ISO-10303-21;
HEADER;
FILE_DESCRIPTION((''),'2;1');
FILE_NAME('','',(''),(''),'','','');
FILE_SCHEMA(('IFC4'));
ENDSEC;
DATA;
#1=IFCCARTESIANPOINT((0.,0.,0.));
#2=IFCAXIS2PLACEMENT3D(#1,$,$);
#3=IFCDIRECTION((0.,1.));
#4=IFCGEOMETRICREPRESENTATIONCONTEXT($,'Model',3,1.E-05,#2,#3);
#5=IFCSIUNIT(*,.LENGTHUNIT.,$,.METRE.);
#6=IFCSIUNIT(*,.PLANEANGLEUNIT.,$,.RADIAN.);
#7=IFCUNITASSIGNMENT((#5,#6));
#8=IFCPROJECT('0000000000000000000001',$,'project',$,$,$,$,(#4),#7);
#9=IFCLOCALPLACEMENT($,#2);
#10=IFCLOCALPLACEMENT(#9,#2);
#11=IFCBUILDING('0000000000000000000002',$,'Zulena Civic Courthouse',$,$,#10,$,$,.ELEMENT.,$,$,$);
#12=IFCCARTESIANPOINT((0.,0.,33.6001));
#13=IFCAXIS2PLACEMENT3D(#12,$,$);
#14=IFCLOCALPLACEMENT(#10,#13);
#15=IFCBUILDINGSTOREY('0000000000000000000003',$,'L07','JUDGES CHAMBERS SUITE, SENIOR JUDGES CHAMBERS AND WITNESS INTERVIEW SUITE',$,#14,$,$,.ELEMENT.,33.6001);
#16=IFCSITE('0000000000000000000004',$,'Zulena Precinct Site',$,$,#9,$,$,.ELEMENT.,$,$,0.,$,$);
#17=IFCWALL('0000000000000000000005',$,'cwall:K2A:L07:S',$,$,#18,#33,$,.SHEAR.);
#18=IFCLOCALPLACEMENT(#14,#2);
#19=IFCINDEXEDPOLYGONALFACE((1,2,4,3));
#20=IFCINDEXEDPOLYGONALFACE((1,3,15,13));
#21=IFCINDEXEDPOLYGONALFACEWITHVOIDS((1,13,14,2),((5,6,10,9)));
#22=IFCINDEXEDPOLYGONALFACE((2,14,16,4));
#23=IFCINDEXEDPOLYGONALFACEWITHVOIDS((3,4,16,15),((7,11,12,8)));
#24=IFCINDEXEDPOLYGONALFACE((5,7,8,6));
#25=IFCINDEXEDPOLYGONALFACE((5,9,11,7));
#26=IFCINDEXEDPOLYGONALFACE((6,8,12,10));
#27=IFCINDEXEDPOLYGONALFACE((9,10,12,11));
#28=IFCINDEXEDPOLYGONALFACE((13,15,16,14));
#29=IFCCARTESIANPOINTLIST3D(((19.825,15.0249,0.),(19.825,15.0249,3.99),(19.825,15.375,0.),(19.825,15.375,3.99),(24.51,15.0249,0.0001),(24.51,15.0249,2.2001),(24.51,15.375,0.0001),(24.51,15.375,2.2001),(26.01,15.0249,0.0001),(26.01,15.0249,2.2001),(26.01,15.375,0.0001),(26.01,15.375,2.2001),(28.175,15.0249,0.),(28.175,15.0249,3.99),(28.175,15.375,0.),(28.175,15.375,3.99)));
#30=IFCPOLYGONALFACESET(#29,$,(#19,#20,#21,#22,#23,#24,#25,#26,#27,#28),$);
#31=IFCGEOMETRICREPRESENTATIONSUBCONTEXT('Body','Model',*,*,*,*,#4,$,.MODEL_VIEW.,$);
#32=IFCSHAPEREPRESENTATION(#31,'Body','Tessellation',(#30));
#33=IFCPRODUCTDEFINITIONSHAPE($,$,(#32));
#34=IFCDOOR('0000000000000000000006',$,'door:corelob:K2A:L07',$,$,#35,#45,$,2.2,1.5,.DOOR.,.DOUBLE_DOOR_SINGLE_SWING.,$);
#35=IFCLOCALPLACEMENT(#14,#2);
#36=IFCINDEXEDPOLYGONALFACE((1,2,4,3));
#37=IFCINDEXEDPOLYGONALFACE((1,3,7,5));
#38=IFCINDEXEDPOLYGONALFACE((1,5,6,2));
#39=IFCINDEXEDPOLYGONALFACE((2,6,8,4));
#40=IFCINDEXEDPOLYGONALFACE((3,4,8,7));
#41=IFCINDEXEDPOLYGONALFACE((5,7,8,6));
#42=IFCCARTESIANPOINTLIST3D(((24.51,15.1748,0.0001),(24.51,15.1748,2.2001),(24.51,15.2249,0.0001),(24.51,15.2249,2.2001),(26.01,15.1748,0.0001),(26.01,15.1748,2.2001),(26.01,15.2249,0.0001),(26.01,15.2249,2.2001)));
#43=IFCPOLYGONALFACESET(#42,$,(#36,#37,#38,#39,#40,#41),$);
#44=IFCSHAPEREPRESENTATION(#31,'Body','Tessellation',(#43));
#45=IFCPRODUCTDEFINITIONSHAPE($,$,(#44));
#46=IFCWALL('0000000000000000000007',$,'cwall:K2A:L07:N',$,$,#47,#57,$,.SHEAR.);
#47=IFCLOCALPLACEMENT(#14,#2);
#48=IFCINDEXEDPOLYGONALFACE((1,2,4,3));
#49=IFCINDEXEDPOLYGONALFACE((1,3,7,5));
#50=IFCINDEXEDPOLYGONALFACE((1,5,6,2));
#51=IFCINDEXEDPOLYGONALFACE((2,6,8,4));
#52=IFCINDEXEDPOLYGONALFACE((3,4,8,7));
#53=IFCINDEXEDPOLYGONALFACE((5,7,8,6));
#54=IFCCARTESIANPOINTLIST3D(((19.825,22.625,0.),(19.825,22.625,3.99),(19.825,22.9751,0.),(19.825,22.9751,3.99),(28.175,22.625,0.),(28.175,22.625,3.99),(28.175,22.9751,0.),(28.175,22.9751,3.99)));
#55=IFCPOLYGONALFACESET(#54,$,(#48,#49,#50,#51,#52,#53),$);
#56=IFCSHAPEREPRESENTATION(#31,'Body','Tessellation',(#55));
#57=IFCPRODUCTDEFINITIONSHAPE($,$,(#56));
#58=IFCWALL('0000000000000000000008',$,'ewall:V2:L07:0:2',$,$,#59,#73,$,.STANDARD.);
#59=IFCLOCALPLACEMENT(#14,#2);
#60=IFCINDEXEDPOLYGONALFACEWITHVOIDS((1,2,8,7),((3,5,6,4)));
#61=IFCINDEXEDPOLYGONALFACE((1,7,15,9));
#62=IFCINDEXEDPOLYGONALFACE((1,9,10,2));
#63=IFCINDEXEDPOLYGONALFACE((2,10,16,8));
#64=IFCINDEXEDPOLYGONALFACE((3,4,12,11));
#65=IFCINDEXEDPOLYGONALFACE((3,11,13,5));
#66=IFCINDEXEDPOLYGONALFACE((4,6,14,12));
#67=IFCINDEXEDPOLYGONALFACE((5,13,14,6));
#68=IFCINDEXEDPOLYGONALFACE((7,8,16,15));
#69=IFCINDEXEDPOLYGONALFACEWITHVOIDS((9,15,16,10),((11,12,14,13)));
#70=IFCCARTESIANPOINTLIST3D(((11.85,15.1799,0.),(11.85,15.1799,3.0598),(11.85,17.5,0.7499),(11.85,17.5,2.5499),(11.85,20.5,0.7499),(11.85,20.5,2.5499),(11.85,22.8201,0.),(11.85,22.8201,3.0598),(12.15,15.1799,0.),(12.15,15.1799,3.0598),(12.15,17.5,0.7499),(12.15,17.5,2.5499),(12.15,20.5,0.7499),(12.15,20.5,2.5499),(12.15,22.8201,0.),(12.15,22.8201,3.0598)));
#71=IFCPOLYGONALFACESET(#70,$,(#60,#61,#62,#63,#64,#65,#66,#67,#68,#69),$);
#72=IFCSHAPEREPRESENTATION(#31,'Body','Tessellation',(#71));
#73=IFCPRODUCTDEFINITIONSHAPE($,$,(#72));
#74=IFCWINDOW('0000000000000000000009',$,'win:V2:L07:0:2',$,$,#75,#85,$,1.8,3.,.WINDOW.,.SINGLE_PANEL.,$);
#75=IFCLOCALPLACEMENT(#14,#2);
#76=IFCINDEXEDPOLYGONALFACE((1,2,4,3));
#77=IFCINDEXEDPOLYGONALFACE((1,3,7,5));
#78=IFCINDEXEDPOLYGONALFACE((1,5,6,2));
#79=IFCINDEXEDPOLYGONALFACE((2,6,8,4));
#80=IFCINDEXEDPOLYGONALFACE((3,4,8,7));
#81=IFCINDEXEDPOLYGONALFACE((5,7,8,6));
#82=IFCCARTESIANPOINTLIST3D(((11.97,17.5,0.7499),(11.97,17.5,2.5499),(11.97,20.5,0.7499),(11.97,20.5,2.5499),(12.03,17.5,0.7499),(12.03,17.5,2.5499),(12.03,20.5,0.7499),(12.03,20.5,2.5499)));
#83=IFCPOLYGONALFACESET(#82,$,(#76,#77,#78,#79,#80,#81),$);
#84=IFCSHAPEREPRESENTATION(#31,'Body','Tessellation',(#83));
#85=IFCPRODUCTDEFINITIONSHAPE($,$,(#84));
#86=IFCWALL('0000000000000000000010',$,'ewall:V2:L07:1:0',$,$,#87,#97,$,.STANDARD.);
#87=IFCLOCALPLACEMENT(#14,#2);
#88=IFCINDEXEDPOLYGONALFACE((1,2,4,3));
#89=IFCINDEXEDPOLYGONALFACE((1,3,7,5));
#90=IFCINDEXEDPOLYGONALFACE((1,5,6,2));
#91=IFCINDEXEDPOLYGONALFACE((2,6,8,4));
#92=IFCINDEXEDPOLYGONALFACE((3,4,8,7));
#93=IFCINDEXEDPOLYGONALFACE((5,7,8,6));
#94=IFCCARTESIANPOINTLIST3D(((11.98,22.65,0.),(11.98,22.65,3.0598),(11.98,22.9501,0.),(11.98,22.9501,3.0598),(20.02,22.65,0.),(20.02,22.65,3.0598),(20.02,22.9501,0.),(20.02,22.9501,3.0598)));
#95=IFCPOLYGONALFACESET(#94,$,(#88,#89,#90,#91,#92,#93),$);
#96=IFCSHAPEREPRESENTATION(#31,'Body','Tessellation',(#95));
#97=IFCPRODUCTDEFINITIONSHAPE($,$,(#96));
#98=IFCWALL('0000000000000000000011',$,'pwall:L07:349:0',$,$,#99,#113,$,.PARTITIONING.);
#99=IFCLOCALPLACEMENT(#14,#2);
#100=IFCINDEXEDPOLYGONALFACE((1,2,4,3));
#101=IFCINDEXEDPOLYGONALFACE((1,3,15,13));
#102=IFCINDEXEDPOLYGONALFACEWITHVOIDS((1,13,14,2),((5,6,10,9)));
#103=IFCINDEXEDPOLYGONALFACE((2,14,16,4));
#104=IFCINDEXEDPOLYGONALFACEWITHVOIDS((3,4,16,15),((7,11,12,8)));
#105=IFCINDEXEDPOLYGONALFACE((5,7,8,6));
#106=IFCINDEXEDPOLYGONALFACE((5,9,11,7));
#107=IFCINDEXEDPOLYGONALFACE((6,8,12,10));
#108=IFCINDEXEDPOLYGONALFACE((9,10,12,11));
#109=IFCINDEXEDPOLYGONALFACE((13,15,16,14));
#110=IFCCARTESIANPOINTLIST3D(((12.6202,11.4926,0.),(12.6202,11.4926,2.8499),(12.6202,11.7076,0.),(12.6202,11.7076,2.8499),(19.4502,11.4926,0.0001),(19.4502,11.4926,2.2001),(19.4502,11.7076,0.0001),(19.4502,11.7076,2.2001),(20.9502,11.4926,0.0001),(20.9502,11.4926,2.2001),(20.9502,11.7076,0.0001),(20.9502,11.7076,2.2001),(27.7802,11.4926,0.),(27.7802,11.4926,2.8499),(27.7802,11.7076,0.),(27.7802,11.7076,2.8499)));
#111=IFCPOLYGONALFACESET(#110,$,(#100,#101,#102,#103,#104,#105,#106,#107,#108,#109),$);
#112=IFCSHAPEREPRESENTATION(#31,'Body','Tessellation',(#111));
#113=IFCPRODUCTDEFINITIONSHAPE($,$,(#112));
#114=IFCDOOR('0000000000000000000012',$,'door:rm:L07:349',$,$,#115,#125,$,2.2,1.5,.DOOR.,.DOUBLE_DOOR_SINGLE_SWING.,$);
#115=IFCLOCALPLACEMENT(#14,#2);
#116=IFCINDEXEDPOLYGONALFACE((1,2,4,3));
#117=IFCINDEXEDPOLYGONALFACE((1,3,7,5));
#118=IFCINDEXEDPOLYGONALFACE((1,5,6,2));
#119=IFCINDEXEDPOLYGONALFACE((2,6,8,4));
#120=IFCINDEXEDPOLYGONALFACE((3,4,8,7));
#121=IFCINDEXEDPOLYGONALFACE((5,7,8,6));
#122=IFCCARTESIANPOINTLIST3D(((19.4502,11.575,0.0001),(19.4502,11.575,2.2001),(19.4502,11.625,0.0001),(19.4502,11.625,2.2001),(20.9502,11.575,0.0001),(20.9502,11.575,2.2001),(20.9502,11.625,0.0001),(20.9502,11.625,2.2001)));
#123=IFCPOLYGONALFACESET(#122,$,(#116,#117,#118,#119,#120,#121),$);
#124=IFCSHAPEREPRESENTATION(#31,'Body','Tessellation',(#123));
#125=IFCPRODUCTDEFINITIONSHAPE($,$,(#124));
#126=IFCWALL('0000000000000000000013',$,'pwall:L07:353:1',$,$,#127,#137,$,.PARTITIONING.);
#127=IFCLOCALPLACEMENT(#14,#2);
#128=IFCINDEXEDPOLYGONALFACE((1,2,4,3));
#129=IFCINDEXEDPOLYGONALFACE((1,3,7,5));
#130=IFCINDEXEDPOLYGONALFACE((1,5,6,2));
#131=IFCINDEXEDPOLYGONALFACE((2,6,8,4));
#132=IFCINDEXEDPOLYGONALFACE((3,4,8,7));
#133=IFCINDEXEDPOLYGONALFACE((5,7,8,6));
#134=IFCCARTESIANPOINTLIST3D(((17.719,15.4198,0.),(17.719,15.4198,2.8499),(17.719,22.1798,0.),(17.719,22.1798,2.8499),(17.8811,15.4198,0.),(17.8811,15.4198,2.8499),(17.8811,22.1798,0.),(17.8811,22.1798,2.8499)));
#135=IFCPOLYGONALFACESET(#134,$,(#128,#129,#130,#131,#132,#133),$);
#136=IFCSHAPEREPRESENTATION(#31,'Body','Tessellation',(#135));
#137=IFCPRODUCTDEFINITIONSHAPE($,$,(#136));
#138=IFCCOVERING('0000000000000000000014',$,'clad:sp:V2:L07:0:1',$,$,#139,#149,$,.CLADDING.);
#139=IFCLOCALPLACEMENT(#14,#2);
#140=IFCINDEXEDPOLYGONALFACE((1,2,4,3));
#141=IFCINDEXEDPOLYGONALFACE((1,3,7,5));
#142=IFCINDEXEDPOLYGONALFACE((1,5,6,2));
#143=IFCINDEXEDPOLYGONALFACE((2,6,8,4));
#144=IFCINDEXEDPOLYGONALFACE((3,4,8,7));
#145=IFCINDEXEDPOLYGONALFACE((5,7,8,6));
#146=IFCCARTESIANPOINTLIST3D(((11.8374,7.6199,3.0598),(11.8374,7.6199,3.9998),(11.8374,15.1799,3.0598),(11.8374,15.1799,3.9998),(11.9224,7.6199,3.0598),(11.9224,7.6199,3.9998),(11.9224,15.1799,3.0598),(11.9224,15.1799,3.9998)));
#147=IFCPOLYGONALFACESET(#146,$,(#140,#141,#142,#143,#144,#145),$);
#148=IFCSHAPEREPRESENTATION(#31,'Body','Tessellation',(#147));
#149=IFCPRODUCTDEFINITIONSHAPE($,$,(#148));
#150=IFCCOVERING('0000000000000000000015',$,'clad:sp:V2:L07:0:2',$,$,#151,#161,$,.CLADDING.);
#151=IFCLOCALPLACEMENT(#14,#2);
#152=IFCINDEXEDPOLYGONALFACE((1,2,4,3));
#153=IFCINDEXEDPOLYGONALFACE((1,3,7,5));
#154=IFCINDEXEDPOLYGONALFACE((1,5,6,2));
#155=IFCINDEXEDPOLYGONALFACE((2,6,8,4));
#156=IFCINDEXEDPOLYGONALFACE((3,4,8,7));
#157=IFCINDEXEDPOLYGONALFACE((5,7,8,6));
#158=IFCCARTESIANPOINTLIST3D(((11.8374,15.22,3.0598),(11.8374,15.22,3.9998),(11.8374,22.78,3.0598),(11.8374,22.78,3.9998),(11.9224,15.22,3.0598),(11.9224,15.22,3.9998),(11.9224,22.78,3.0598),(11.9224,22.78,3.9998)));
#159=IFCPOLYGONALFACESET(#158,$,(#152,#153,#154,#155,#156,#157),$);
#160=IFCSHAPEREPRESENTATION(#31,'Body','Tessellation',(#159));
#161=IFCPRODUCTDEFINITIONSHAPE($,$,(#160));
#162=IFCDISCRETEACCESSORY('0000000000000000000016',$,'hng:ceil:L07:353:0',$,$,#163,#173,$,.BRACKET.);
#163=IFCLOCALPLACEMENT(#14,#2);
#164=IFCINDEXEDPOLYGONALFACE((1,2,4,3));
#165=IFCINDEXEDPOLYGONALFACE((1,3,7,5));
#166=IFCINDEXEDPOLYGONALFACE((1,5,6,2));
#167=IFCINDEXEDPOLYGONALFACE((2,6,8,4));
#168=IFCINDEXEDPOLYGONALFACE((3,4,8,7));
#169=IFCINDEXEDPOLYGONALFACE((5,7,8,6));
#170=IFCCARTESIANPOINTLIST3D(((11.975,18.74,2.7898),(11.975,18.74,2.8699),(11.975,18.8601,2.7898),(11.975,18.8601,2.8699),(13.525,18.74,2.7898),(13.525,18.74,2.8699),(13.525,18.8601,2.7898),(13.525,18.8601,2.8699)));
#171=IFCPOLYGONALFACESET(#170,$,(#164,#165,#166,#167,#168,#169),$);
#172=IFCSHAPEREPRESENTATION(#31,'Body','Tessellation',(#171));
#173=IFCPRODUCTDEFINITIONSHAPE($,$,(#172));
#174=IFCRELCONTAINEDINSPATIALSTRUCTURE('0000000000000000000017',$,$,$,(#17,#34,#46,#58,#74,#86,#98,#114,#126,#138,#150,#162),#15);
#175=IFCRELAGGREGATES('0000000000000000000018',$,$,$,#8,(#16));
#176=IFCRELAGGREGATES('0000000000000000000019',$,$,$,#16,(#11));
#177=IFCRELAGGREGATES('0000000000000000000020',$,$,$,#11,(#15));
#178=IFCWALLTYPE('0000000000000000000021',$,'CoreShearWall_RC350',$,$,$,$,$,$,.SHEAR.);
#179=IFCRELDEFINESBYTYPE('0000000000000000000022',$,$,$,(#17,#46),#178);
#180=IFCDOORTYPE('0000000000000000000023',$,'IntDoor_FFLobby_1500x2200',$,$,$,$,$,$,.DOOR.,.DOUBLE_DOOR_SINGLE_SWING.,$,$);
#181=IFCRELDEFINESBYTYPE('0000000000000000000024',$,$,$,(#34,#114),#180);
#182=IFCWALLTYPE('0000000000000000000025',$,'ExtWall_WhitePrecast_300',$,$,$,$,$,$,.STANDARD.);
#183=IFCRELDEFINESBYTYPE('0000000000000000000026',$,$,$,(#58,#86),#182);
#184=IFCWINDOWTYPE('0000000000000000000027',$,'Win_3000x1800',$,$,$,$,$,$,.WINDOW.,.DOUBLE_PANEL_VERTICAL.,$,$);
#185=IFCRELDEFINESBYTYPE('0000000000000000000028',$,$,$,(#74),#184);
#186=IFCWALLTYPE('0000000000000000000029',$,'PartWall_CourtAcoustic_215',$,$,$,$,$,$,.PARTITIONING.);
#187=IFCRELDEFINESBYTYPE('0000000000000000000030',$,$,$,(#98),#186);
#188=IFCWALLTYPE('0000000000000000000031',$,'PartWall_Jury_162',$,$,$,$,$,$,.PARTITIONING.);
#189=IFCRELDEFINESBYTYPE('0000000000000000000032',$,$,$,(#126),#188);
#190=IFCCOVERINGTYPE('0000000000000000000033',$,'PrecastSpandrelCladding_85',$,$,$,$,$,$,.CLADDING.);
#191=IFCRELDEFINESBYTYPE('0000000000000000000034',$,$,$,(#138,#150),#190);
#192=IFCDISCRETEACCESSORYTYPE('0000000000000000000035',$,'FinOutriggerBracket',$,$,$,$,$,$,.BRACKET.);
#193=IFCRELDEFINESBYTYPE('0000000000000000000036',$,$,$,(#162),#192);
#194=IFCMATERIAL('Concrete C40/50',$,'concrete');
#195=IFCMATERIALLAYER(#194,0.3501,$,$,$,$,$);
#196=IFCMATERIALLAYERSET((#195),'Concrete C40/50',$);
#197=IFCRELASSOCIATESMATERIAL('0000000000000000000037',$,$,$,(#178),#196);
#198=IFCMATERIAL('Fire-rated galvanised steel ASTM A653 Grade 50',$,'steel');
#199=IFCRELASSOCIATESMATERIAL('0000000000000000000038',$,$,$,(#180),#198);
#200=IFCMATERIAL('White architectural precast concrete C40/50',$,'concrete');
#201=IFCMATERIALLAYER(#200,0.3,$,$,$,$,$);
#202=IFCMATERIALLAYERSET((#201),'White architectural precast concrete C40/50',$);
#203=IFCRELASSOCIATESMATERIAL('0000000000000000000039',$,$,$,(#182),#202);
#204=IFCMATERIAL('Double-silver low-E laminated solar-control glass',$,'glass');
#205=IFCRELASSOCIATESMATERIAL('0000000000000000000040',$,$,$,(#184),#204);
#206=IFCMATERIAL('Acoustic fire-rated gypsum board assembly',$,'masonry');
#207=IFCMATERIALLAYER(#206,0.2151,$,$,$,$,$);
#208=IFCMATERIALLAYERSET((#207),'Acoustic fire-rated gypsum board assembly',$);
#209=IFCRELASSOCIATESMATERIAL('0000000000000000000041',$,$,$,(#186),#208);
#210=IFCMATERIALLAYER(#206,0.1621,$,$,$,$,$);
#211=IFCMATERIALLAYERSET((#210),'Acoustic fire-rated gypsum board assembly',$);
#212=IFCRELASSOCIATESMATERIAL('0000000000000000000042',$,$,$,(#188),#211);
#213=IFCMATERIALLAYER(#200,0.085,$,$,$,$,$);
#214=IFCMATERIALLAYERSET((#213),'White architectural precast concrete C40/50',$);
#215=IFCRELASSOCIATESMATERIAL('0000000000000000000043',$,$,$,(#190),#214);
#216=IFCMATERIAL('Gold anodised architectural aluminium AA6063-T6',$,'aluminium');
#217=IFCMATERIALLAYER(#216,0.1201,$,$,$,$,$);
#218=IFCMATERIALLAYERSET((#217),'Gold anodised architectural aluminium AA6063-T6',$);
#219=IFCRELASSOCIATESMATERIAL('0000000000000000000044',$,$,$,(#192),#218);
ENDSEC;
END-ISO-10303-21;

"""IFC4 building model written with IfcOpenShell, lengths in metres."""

from ifc_helpers import new_model, si_unit, direction, frame, frame_2d, origin, origin_2d, place, context, subcontext, project, spatial, rectangle, extrude, material, layer, layer_set, type_object, element, fill, save


model = new_model("IFC4")

# Units and contexts
model_context = context("Model", 3, precision=1e-05, world=origin(), true_north=direction((0.0, 1.0)))
body_context = subcontext(model_context, "Body", "Model", "MODEL_VIEW")
ifc_project = project(units=[si_unit("LENGTHUNIT", "METRE"), si_unit("PLANEANGLEUNIT", "RADIAN")], contexts=[model_context])

# Site, building, storey
site_placement = place(None, origin())
site = spatial("IfcSite", under=ifc_project, at=site_placement, Name="Zulena Precinct Site", CompositionType="ELEMENT", RefElevation=0.0)
building_placement = place(site_placement, origin())
building = spatial("IfcBuilding", under=site, at=building_placement, Name="Zulena Civic Courthouse", CompositionType="ELEMENT")
storey_placement = place(building_placement, frame((0.0, 0.0, 33.6001)))
storey = spatial("IfcBuildingStorey", under=building, at=storey_placement, Name="L07", Description="JUDGES CHAMBERS SUITE, SENIOR JUDGES CHAMBERS AND WITNESS INTERVIEW SUITE", CompositionType="ELEMENT", Elevation=33.6001)

# Wall, opening, door
ifc_material_1 = material(Name="Concrete C40/50", Category="concrete")
ifc_layer_1 = layer(ifc_material_1, 0.3501)
ifc_layer_set_1 = layer_set([ifc_layer_1], Name="Concrete C40/50")
wall_type_1 = type_object("IfcWallType", Name="CoreShearWall_RC350", PredefinedType="SHEAR", material=ifc_layer_set_1)
wall_1_placement = place(storey_placement, frame((19.825, 15.2, 0.0), z_axis=(0.0, 0.0, 1.0), x_axis=(1.0, 0.0, 0.0)))
wall_1 = element("IfcWall", 1, at=wall_1_placement, inside=storey, type_object=wall_type_1, Name="cwall:K2A:L07:S", PredefinedType="SHEAR", context=body_context, shape_type="SweptSolid", body=[
    extrude(rectangle(XDim=8.3501, YDim=0.3501, at=frame_2d((4.175, 0.0))), origin(), (0.0, 0.0, 1.0), 3.99),
])
opening_1_placement = place(wall_1_placement, frame((4.6851, 0.0, 0.0)))
opening_1 = element("IfcOpeningElement", 2, at=opening_1_placement, cuts=wall_1, PredefinedType="OPENING", context=body_context, shape_type="SweptSolid", body=[
    extrude(rectangle(XDim=1.5, YDim=2.2, at=frame_2d((0.75, 1.1001))), frame((0.0, 0.1851, 0.0), z_axis=(0.0, -1.0, 0.0), x_axis=(1.0, 0.0, 0.0)), (0.0, 0.0, 1.0), 0.3701),
])
ifc_material_2 = material(Name="Fire-rated galvanised steel ASTM A653 Grade 50", Category="steel")
door_type_1 = type_object("IfcDoorType", Name="IntDoor_FFLobby_1500x2200", OperationType="DOUBLE_DOOR_SINGLE_SWING", PredefinedType="DOOR", material=ifc_material_2)
door_1_placement = place(opening_1_placement, origin())
door_1 = element("IfcDoor", 3, at=door_1_placement, inside=storey, type_object=door_type_1, Name="door:corelob:K2A:L07", OperationType="DOUBLE_DOOR_SINGLE_SWING", OverallHeight=2.2, OverallWidth=1.5, PredefinedType="DOOR", context=body_context, shape_type="SweptSolid", body=[
    extrude(rectangle(XDim=1.5, YDim=2.2, at=frame_2d((0.75, 1.1001))), frame((0.0, 0.0249, 0.0), z_axis=(0.0, -1.0, 0.0), x_axis=(1.0, 0.0, 0.0)), (0.0, 0.0, 1.0), 0.05),
])
fill(opening_1, door_1)

# Wall
wall_2_placement = place(storey_placement, frame((19.825, 22.8, 0.0), z_axis=(0.0, 0.0, 1.0), x_axis=(1.0, 0.0, 0.0)))
element("IfcWall", 4, at=wall_2_placement, inside=storey, type_object=wall_type_1, Name="cwall:K2A:L07:N", PredefinedType="SHEAR", context=body_context, shape_type="SweptSolid", body=[
    extrude(rectangle(XDim=8.3501, YDim=0.3501, at=frame_2d((4.175, 0.0))), origin(), (0.0, 0.0, 1.0), 3.99),
])

# Wall, opening, window
ifc_material_3 = material(Name="White architectural precast concrete C40/50", Category="concrete")
ifc_layer_2 = layer(ifc_material_3, 0.3)
ifc_layer_set_2 = layer_set([ifc_layer_2], Name="White architectural precast concrete C40/50")
wall_type_2 = type_object("IfcWallType", Name="ExtWall_WhitePrecast_300", PredefinedType="STANDARD", material=ifc_layer_set_2)
wall_3_placement = place(storey_placement, frame((12.0, 15.1799, 0.0), z_axis=(0.0, 0.0, 1.0), x_axis=(0.0, 1.0, 0.0)))
wall_3 = element("IfcWall", 5, at=wall_3_placement, inside=storey, type_object=wall_type_2, Name="ewall:V2:L07:0:2", PredefinedType="STANDARD", context=body_context, shape_type="SweptSolid", body=[
    extrude(rectangle(XDim=7.6401, YDim=0.3, at=frame_2d((3.8201, 0.0))), origin(), (0.0, 0.0, 1.0), 3.0598),
])
opening_2_placement = place(wall_3_placement, frame((2.3201, 0.0, 0.75)))
opening_2 = element("IfcOpeningElement", 6, at=opening_2_placement, cuts=wall_3, PredefinedType="OPENING", context=body_context, shape_type="SweptSolid", body=[
    extrude(rectangle(XDim=3.0, YDim=1.8, at=frame_2d((1.5, 0.8999))), frame((0.0, 0.1599, 0.0), z_axis=(0.0, -1.0, 0.0), x_axis=(1.0, 0.0, 0.0)), (0.0, 0.0, 1.0), 0.3201),
])
ifc_material_4 = material(Name="Double-silver low-E laminated solar-control glass", Category="glass")
window_type = type_object("IfcWindowType", Name="Win_3000x1800", PartitioningType="DOUBLE_PANEL_VERTICAL", PredefinedType="WINDOW", material=ifc_material_4)
window_placement = place(opening_2_placement, origin())
window = element("IfcWindow", 7, at=window_placement, inside=storey, type_object=window_type, Name="win:V2:L07:0:2", OverallHeight=1.8, OverallWidth=3.0, PartitioningType="SINGLE_PANEL", PredefinedType="WINDOW", context=body_context, shape_type="SweptSolid", body=[
    extrude(rectangle(XDim=3.0, YDim=1.8, at=frame_2d((1.5, 0.8999))), frame((0.0, 0.03, 0.0), z_axis=(0.0, -1.0, 0.0), x_axis=(1.0, 0.0, 0.0)), (0.0, 0.0, 1.0), 0.0601),
])
fill(opening_2, window)

# Wall
wall_4_placement = place(storey_placement, frame((11.98, 22.8, 0.0), z_axis=(0.0, 0.0, 1.0), x_axis=(1.0, 0.0, 0.0)))
element("IfcWall", 8, at=wall_4_placement, inside=storey, type_object=wall_type_2, Name="ewall:V2:L07:1:0", PredefinedType="STANDARD", context=body_context, shape_type="SweptSolid", body=[
    extrude(rectangle(XDim=8.04, YDim=0.3, at=frame_2d((4.02, 0.0))), origin(), (0.0, 0.0, 1.0), 3.0598),
])

# Wall, opening, door
ifc_material_5 = material(Name="Acoustic fire-rated gypsum board assembly", Category="masonry")
ifc_layer_3 = layer(ifc_material_5, 0.2151)
ifc_layer_set_3 = layer_set([ifc_layer_3], Name="Acoustic fire-rated gypsum board assembly")
wall_type_3 = type_object("IfcWallType", Name="PartWall_CourtAcoustic_215", PredefinedType="PARTITIONING", material=ifc_layer_set_3)
wall_5_placement = place(storey_placement, frame((12.6201, 11.6001, 0.0), z_axis=(0.0, 0.0, 1.0), x_axis=(1.0, 0.0, 0.0)))
wall_5 = element("IfcWall", 9, at=wall_5_placement, inside=storey, type_object=wall_type_3, Name="pwall:L07:349:0", PredefinedType="PARTITIONING", context=body_context, shape_type="SweptSolid", body=[
    extrude(rectangle(XDim=15.1599, YDim=0.2151, at=frame_2d((7.5801, 0.0))), origin(), (0.0, 0.0, 1.0), 2.8499),
])
opening_3_placement = place(wall_5_placement, frame((6.8301, 0.0, 0.0)))
opening_3 = element("IfcOpeningElement", 10, at=opening_3_placement, cuts=wall_5, PredefinedType="OPENING", context=body_context, shape_type="SweptSolid", body=[
    extrude(rectangle(XDim=1.5, YDim=2.2, at=frame_2d((0.75, 1.1001))), frame((0.0, 0.1174, 0.0), z_axis=(0.0, -1.0, 0.0), x_axis=(1.0, 0.0, 0.0)), (0.0, 0.0, 1.0), 0.2351),
])
door_2_placement = place(opening_3_placement, origin())
door_2 = element("IfcDoor", 11, at=door_2_placement, inside=storey, type_object=door_type_1, Name="door:rm:L07:349", OperationType="DOUBLE_DOOR_SINGLE_SWING", OverallHeight=2.2, OverallWidth=1.5, PredefinedType="DOOR", context=body_context, shape_type="SweptSolid", body=[
    extrude(rectangle(XDim=1.5, YDim=2.2, at=frame_2d((0.75, 1.1001))), frame((0.0, 0.0249, 0.0), z_axis=(0.0, -1.0, 0.0), x_axis=(1.0, 0.0, 0.0)), (0.0, 0.0, 1.0), 0.05),
])
fill(opening_3, door_2)
ifc_layer_4 = layer(ifc_material_5, 0.1621)
ifc_layer_set_4 = layer_set([ifc_layer_4], Name="Acoustic fire-rated gypsum board assembly")
wall_type_4 = type_object("IfcWallType", Name="PartWall_Jury_162", PredefinedType="PARTITIONING", material=ifc_layer_set_4)

# Wall
wall_6_placement = place(storey_placement, frame((17.8, 15.4199, 0.0), z_axis=(0.0, 0.0, 1.0), x_axis=(0.0, 1.0, 0.0)))
element("IfcWall", 12, at=wall_6_placement, inside=storey, type_object=wall_type_4, Name="pwall:L07:353:1", PredefinedType="PARTITIONING", context=body_context, shape_type="SweptSolid", body=[
    extrude(rectangle(XDim=6.76, YDim=0.1621, at=frame_2d((3.3799, 0.0))), origin(), (0.0, 0.0, 1.0), 2.8499),
])

# Coverings
ifc_layer_5 = layer(ifc_material_3, 0.085)
ifc_layer_set_5 = layer_set([ifc_layer_5], Name="White architectural precast concrete C40/50")
covering_type = type_object("IfcCoveringType", Name="PrecastSpandrelCladding_85", PredefinedType="CLADDING", material=ifc_layer_set_5)
for number, where, z_axis, x_axis, name in (
    (13, (11.8799, 11.3999, 3.0598), (0.0, 0.0, 1.0), (0.0, 1.0, 0.0), "clad:sp:V2:L07:0:1"),
    (14, (11.8799, 19.0, 3.0598), (0.0, 0.0, 1.0), (0.0, 1.0, 0.0), "clad:sp:V2:L07:0:2"),
):
    element("IfcCovering", number, at=place(storey_placement, frame(where, z_axis=z_axis, x_axis=x_axis)), inside=storey, type_object=covering_type, Name=name, PredefinedType="CLADDING", context=body_context, shape_type="SweptSolid", body=[
        extrude(rectangle(XDim=7.5601, YDim=0.085, at=origin_2d()), origin(), (0.0, 0.0, 1.0), 0.9399),
    ])

# Discrete accessory
ifc_material_6 = material(Name="Gold anodised architectural aluminium AA6063-T6", Category="aluminium")
ifc_layer_6 = layer(ifc_material_6, 0.1201)
ifc_layer_set_6 = layer_set([ifc_layer_6], Name="Gold anodised architectural aluminium AA6063-T6")
discrete_accessory_type = type_object("IfcDiscreteAccessoryType", Name="FinOutriggerBracket", PredefinedType="BRACKET", material=ifc_layer_set_6)
for number, where, z_axis, x_axis, name in (
    (15, (12.75, 18.8, 2.7898), (0.0, 0.0, 1.0), (1.0, 0.0, 0.0), "hng:ceil:L07:353:0"),
):
    element("IfcDiscreteAccessory", number, at=place(storey_placement, frame(where, z_axis=z_axis, x_axis=x_axis)), inside=storey, type_object=discrete_accessory_type, Name=name, PredefinedType="BRACKET", context=body_context, shape_type="SweptSolid", body=[
        extrude(rectangle(XDim=1.55, YDim=0.1201, at=origin_2d()), origin(), (0.0, 0.0, 1.0), 0.0801),
    ])

save(model, "model.ifc")
